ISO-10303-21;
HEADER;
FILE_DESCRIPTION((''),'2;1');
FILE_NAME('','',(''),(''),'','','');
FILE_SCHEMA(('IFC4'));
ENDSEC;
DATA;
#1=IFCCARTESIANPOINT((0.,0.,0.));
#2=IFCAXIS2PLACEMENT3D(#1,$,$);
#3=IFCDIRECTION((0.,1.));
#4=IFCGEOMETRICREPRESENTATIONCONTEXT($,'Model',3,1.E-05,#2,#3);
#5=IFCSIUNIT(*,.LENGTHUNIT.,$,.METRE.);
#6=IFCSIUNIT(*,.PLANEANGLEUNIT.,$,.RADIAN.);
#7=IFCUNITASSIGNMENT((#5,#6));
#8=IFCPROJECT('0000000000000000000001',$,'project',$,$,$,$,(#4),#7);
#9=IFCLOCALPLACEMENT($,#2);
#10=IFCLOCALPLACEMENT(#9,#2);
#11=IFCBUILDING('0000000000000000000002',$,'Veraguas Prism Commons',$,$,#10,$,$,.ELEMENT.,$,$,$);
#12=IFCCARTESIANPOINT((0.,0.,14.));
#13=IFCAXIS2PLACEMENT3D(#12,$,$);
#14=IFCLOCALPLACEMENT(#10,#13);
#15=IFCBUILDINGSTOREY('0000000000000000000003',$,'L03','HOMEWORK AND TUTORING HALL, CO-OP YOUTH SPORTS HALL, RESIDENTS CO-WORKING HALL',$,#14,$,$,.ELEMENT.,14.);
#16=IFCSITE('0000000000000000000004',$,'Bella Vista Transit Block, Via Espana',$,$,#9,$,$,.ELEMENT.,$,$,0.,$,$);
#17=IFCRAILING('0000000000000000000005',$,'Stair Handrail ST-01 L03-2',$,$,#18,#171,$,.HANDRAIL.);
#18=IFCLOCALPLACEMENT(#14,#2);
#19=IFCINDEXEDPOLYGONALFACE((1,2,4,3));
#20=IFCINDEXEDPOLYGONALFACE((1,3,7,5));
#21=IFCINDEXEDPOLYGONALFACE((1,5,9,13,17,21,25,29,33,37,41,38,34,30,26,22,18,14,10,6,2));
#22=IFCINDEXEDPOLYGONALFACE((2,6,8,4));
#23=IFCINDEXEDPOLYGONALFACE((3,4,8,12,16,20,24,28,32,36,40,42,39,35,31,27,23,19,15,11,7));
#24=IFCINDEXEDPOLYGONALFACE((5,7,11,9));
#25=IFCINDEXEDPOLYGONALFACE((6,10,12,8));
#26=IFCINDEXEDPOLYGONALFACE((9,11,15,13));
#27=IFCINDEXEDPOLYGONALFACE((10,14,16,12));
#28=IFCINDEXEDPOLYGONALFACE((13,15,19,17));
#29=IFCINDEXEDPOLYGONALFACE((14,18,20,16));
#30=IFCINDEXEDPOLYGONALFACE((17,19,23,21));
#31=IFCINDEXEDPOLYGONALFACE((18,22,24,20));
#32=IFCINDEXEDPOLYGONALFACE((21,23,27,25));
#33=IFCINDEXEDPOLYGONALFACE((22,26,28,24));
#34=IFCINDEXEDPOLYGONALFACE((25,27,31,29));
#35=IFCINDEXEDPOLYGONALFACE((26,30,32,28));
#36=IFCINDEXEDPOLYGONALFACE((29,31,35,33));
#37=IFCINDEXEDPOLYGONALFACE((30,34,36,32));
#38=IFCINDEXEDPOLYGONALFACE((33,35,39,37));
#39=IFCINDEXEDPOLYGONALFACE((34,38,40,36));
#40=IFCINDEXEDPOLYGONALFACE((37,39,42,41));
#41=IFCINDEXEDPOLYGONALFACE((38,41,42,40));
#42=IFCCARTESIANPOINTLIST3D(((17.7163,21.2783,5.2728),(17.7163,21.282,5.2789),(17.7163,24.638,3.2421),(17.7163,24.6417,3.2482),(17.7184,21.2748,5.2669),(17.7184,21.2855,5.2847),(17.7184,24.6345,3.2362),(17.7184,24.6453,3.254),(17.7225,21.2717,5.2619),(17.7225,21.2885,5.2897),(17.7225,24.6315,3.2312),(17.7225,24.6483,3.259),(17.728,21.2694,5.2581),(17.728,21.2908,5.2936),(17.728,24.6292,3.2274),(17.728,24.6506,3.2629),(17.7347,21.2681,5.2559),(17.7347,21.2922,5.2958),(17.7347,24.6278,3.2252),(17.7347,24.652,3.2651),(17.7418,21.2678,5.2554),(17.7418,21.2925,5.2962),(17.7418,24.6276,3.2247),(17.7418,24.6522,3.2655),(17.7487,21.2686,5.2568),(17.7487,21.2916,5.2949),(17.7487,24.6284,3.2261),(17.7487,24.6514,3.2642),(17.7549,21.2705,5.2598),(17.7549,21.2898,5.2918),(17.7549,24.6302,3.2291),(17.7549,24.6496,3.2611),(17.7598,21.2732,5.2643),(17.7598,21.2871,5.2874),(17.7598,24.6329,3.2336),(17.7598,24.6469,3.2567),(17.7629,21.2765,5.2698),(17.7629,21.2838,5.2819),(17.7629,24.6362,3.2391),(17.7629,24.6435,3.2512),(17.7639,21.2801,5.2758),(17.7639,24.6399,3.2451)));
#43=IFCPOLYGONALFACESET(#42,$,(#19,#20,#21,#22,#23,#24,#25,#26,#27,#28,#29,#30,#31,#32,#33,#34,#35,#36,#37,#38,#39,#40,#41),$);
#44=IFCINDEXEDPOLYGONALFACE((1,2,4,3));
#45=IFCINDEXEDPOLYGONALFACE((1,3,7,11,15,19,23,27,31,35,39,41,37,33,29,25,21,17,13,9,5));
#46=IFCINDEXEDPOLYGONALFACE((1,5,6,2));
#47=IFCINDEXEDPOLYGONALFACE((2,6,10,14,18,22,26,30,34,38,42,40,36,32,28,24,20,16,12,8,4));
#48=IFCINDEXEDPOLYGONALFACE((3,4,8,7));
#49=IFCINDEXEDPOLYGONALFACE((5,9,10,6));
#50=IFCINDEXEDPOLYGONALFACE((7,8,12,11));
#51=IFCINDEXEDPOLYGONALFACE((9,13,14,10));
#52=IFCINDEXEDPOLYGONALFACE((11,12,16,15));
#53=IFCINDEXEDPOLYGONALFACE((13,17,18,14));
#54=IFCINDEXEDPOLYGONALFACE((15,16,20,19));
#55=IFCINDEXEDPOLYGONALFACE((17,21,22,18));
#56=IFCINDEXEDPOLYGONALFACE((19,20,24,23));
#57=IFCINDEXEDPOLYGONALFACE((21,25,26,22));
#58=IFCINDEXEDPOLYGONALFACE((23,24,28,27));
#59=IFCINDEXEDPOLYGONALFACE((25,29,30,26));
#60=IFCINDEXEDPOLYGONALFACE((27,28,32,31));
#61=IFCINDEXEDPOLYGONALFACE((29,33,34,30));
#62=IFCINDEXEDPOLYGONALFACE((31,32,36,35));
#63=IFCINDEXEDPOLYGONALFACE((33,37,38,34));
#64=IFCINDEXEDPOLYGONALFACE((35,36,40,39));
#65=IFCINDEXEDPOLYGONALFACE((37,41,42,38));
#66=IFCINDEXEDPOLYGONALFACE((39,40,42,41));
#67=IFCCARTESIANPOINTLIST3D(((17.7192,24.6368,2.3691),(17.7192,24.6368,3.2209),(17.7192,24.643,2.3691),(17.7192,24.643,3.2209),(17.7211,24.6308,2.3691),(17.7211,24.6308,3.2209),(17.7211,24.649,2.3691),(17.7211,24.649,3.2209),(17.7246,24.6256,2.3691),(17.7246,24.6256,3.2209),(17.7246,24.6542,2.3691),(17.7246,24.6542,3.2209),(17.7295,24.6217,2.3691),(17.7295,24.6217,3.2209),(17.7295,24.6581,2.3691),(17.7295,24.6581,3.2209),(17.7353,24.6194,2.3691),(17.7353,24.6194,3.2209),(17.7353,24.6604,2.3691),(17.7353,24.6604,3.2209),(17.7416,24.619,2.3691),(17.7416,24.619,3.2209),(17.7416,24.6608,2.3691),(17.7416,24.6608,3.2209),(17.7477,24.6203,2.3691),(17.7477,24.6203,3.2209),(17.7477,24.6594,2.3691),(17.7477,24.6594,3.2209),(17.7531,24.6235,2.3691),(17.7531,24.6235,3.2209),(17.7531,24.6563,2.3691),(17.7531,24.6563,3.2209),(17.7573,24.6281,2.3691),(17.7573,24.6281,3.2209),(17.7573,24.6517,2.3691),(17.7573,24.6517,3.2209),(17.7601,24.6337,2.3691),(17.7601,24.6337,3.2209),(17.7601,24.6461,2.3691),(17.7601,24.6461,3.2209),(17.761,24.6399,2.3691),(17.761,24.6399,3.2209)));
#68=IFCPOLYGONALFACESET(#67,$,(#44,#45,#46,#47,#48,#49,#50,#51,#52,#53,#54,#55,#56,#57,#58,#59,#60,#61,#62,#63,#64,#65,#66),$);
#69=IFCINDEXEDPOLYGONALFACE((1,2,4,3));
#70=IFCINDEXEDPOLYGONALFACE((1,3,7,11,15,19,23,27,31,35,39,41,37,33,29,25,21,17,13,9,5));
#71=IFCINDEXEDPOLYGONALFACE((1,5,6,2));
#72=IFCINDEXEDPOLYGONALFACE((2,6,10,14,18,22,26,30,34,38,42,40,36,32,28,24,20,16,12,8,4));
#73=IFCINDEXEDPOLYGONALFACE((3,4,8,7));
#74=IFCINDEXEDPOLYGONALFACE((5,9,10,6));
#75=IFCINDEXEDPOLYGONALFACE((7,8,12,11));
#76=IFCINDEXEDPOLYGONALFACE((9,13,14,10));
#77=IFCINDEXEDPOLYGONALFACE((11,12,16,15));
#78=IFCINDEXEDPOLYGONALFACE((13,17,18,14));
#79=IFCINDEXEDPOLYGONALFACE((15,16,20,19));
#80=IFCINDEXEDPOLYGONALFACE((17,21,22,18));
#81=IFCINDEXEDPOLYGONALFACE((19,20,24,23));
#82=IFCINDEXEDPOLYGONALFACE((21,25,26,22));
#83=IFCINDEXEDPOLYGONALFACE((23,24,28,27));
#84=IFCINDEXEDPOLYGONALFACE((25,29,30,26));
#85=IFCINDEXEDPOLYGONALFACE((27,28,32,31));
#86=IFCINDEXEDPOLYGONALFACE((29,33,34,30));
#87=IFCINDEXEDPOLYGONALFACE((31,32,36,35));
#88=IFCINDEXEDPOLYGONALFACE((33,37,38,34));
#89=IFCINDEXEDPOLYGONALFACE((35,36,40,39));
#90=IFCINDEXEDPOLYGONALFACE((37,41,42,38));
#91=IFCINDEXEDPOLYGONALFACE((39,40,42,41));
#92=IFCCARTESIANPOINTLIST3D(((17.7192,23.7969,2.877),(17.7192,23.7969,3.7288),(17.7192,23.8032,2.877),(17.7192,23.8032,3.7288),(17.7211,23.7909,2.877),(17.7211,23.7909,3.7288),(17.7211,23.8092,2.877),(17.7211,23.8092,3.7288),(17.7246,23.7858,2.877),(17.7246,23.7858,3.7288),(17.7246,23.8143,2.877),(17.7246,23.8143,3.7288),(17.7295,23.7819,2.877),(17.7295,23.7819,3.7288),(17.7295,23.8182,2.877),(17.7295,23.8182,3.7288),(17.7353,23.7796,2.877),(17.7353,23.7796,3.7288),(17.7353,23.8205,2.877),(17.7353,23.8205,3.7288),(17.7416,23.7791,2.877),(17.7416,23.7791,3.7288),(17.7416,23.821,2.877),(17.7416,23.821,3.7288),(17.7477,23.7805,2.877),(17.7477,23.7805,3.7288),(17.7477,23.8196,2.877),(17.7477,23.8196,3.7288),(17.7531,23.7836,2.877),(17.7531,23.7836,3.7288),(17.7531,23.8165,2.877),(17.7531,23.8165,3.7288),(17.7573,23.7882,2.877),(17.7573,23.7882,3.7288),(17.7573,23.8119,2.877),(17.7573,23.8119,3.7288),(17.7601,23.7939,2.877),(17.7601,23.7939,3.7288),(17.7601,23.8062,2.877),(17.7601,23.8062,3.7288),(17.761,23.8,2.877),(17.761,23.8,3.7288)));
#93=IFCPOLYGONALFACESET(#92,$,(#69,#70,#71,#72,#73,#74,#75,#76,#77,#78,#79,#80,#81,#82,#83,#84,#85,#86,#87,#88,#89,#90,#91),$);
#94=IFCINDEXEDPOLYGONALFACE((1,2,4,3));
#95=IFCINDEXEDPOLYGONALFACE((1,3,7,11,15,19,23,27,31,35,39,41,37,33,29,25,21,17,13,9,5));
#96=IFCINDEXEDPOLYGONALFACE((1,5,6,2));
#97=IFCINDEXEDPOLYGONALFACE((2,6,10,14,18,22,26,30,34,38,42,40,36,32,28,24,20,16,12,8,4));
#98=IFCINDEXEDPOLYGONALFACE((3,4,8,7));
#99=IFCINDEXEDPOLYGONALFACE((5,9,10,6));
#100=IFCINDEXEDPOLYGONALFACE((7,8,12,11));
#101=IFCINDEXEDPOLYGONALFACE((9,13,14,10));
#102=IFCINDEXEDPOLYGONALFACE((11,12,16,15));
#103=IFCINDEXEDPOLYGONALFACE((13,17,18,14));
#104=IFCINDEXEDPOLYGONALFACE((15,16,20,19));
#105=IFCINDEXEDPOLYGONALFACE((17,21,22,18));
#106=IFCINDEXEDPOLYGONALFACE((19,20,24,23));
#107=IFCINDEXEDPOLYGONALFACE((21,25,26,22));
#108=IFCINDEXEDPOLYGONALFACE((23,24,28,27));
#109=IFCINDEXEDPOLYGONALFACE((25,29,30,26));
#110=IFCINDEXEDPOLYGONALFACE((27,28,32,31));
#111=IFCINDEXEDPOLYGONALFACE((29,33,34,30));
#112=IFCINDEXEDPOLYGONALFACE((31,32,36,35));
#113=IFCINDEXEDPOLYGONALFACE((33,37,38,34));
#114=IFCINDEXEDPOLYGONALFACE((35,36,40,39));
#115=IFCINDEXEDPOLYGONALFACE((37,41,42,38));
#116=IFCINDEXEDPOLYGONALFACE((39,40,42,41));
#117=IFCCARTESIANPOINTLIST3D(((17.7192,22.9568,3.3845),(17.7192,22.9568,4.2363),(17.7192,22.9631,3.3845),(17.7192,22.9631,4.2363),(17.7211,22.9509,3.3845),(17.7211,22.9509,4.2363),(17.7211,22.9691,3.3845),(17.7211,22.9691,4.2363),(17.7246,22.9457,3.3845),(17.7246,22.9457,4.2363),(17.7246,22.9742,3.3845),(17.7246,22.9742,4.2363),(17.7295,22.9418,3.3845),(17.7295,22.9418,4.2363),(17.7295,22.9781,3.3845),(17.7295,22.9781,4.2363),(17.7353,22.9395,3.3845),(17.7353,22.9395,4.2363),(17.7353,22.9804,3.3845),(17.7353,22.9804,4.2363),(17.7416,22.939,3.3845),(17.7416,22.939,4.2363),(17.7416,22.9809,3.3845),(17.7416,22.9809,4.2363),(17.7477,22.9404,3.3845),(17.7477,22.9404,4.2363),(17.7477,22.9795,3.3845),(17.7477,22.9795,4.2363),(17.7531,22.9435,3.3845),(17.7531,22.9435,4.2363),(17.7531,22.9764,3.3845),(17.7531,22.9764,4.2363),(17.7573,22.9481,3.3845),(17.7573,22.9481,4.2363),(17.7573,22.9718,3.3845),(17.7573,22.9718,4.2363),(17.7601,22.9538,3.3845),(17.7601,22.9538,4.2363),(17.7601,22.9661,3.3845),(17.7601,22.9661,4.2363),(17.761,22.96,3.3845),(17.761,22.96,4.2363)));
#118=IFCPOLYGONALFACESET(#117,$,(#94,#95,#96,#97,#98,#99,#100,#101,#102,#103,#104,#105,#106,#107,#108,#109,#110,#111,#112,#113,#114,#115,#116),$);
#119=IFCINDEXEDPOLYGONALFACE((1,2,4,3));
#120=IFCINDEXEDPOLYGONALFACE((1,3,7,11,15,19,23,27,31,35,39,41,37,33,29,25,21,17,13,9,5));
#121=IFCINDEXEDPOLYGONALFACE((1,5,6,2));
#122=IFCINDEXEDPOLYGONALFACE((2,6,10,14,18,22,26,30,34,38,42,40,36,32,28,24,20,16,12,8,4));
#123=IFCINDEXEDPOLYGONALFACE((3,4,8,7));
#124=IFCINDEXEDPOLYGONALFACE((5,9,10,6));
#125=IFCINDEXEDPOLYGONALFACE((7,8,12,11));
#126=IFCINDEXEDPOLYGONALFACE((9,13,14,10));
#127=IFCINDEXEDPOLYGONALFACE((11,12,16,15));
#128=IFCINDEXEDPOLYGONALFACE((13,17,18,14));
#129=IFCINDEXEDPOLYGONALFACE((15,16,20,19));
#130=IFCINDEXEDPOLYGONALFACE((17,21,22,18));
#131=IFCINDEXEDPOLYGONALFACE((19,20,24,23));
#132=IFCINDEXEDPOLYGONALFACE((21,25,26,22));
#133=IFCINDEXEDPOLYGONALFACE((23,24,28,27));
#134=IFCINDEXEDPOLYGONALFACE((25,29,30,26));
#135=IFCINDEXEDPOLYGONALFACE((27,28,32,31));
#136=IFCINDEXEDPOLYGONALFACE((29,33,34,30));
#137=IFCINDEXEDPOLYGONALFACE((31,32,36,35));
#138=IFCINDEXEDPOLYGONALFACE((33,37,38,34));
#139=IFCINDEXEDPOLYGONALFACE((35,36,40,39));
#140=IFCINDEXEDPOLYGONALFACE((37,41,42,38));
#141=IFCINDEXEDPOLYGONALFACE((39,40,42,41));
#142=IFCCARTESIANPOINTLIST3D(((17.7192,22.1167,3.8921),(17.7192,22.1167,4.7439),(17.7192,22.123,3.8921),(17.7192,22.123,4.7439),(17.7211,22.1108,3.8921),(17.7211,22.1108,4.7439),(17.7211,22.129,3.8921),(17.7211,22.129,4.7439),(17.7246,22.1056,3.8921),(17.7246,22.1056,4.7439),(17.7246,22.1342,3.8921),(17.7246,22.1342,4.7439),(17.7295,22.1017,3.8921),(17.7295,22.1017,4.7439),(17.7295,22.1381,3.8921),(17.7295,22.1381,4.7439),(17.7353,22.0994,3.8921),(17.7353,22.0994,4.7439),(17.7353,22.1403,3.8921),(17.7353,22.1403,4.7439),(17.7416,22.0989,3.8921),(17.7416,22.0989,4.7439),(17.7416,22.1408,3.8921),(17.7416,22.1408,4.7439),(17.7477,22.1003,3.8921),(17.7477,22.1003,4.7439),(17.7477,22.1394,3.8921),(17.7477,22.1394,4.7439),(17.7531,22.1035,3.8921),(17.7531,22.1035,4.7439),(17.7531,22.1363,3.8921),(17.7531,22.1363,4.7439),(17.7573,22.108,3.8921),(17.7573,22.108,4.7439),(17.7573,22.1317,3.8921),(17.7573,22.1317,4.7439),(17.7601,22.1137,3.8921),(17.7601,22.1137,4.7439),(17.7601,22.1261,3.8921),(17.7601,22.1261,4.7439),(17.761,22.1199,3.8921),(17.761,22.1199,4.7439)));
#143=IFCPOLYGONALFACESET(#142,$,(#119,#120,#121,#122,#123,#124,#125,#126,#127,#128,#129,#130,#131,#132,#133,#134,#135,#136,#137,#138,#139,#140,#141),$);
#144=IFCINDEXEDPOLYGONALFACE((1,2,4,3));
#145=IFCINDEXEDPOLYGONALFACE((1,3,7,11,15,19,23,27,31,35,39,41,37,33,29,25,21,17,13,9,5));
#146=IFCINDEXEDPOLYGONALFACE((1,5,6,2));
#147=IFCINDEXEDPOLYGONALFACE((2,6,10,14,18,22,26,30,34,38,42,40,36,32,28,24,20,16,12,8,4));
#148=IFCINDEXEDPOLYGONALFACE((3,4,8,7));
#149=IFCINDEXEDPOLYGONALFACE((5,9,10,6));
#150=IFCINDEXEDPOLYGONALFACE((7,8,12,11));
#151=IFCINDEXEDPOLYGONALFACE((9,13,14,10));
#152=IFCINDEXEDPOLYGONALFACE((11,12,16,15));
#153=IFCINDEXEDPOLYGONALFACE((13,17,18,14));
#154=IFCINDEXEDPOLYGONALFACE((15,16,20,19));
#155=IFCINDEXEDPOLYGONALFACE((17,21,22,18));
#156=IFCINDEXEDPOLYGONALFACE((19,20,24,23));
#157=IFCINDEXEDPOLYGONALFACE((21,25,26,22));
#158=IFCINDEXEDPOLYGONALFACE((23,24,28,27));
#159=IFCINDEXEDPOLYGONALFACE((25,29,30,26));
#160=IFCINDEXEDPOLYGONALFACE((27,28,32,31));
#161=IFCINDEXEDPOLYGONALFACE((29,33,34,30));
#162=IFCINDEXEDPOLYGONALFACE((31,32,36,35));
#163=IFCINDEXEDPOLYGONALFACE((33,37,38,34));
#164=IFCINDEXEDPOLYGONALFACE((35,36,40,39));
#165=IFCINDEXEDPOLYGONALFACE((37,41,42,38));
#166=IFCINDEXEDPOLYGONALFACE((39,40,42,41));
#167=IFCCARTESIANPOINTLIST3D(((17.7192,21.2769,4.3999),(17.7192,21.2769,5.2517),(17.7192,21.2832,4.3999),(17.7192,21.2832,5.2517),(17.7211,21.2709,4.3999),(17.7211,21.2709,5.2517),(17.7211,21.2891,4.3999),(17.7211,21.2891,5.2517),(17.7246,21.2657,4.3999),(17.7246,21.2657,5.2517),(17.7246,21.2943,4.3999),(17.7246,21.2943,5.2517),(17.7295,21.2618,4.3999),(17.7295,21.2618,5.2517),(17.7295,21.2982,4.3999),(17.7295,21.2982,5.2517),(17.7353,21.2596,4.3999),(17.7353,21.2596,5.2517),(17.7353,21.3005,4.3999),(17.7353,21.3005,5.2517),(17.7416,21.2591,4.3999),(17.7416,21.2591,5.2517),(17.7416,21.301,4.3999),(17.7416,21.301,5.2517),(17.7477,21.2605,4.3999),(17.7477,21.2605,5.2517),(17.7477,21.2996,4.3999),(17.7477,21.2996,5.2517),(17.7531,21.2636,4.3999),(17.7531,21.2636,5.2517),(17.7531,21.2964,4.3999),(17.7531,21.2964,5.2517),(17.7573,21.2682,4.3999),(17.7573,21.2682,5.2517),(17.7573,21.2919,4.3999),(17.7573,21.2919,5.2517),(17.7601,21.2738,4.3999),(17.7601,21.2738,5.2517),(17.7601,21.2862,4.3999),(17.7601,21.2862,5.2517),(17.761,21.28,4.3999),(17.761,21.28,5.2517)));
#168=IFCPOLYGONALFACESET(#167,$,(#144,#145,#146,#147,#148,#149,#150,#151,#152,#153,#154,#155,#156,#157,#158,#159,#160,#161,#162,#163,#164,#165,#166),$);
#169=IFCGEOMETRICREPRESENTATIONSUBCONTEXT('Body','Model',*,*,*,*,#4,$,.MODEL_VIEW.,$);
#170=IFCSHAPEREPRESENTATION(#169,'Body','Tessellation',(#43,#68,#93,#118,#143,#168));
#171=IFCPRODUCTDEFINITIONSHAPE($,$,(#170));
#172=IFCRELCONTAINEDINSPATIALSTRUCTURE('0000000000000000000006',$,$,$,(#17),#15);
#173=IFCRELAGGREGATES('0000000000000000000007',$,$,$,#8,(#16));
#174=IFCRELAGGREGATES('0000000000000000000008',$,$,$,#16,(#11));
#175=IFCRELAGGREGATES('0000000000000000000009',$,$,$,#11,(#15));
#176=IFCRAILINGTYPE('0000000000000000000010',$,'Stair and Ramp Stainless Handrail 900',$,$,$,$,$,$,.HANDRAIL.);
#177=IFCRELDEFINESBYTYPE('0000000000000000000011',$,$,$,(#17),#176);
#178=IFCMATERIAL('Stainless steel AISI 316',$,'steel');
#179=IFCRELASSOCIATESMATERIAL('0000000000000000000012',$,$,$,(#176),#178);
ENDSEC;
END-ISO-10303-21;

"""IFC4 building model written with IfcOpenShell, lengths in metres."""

from ifc_helpers import new_model, si_unit, direction, frame, origin, origin_2d, place, context, subcontext, project, spatial, circle, extrude, material, type_object, element, save


model = new_model("IFC4")

# Units and contexts
model_context = context("Model", 3, precision=1e-05, world=origin(), true_north=direction((0.0, 1.0)))
body_context = subcontext(model_context, "Body", "Model", "MODEL_VIEW")
ifc_project = project(units=[si_unit("LENGTHUNIT", "METRE"), si_unit("PLANEANGLEUNIT", "RADIAN")], contexts=[model_context])

# Site, building, storey
site_placement = place(None, origin())
site = spatial("IfcSite", under=ifc_project, at=site_placement, Name="Bella Vista Transit Block, Via Espana", CompositionType="ELEMENT", RefElevation=0.0)
building_placement = place(site_placement, origin())
building = spatial("IfcBuilding", under=site, at=building_placement, Name="Veraguas Prism Commons", CompositionType="ELEMENT")
storey_placement = place(building_placement, frame((0.0, 0.0, 14.0)))
storey = spatial("IfcBuildingStorey", under=building, at=storey_placement, Name="L03", Description="HOMEWORK AND TUTORING HALL, CO-OP YOUTH SPORTS HALL, RESIDENTS CO-WORKING HALL", CompositionType="ELEMENT", Elevation=14.0)

# Shared definitions
ifc_material_1 = material(Name="Stainless steel AISI 316", Category="steel")

# Railing
railing_type_1 = type_object("IfcRailingType", Name="Stair and Ramp Stainless Handrail 900", PredefinedType="HANDRAIL", material=ifc_material_1)
railing_1_placement = place(storey_placement, frame((17.74, 24.6399, 2.3691)))
element("IfcRailing", 1, at=railing_1_placement, inside=storey, type_object=railing_type_1, Name="Stair Handrail ST-01 L03-2", PredefinedType="HANDRAIL", context=body_context, shape_type="SweptSolid", body=[
    extrude(circle(Radius=0.0239, at=origin_2d()), frame((0.0, 0.0, 0.876), z_axis=(0.0, -0.85582, 0.517273), x_axis=(1.0, 0.0, 0.0)), (0.0, 0.0, 1.0), 3.9258),
    extrude(circle(Radius=0.021, at=origin_2d()), origin(), (0.0, 0.0, 1.0), 0.8518),
    extrude(circle(Radius=0.021, at=origin_2d()), frame((0.0, -0.8398, 0.5078)), (0.0, 0.0, 1.0), 0.8518),
    extrude(circle(Radius=0.021, at=origin_2d()), frame((0.0, -1.6799, 1.0154)), (0.0, 0.0, 1.0), 0.8518),
    extrude(circle(Radius=0.021, at=origin_2d()), frame((0.0, -2.52, 1.5229)), (0.0, 0.0, 1.0), 0.8518),
    extrude(circle(Radius=0.021, at=origin_2d()), frame((0.0, -3.3599, 2.0308)), (0.0, 0.0, 1.0), 0.8518),
])

save(model, "model.ifc")
